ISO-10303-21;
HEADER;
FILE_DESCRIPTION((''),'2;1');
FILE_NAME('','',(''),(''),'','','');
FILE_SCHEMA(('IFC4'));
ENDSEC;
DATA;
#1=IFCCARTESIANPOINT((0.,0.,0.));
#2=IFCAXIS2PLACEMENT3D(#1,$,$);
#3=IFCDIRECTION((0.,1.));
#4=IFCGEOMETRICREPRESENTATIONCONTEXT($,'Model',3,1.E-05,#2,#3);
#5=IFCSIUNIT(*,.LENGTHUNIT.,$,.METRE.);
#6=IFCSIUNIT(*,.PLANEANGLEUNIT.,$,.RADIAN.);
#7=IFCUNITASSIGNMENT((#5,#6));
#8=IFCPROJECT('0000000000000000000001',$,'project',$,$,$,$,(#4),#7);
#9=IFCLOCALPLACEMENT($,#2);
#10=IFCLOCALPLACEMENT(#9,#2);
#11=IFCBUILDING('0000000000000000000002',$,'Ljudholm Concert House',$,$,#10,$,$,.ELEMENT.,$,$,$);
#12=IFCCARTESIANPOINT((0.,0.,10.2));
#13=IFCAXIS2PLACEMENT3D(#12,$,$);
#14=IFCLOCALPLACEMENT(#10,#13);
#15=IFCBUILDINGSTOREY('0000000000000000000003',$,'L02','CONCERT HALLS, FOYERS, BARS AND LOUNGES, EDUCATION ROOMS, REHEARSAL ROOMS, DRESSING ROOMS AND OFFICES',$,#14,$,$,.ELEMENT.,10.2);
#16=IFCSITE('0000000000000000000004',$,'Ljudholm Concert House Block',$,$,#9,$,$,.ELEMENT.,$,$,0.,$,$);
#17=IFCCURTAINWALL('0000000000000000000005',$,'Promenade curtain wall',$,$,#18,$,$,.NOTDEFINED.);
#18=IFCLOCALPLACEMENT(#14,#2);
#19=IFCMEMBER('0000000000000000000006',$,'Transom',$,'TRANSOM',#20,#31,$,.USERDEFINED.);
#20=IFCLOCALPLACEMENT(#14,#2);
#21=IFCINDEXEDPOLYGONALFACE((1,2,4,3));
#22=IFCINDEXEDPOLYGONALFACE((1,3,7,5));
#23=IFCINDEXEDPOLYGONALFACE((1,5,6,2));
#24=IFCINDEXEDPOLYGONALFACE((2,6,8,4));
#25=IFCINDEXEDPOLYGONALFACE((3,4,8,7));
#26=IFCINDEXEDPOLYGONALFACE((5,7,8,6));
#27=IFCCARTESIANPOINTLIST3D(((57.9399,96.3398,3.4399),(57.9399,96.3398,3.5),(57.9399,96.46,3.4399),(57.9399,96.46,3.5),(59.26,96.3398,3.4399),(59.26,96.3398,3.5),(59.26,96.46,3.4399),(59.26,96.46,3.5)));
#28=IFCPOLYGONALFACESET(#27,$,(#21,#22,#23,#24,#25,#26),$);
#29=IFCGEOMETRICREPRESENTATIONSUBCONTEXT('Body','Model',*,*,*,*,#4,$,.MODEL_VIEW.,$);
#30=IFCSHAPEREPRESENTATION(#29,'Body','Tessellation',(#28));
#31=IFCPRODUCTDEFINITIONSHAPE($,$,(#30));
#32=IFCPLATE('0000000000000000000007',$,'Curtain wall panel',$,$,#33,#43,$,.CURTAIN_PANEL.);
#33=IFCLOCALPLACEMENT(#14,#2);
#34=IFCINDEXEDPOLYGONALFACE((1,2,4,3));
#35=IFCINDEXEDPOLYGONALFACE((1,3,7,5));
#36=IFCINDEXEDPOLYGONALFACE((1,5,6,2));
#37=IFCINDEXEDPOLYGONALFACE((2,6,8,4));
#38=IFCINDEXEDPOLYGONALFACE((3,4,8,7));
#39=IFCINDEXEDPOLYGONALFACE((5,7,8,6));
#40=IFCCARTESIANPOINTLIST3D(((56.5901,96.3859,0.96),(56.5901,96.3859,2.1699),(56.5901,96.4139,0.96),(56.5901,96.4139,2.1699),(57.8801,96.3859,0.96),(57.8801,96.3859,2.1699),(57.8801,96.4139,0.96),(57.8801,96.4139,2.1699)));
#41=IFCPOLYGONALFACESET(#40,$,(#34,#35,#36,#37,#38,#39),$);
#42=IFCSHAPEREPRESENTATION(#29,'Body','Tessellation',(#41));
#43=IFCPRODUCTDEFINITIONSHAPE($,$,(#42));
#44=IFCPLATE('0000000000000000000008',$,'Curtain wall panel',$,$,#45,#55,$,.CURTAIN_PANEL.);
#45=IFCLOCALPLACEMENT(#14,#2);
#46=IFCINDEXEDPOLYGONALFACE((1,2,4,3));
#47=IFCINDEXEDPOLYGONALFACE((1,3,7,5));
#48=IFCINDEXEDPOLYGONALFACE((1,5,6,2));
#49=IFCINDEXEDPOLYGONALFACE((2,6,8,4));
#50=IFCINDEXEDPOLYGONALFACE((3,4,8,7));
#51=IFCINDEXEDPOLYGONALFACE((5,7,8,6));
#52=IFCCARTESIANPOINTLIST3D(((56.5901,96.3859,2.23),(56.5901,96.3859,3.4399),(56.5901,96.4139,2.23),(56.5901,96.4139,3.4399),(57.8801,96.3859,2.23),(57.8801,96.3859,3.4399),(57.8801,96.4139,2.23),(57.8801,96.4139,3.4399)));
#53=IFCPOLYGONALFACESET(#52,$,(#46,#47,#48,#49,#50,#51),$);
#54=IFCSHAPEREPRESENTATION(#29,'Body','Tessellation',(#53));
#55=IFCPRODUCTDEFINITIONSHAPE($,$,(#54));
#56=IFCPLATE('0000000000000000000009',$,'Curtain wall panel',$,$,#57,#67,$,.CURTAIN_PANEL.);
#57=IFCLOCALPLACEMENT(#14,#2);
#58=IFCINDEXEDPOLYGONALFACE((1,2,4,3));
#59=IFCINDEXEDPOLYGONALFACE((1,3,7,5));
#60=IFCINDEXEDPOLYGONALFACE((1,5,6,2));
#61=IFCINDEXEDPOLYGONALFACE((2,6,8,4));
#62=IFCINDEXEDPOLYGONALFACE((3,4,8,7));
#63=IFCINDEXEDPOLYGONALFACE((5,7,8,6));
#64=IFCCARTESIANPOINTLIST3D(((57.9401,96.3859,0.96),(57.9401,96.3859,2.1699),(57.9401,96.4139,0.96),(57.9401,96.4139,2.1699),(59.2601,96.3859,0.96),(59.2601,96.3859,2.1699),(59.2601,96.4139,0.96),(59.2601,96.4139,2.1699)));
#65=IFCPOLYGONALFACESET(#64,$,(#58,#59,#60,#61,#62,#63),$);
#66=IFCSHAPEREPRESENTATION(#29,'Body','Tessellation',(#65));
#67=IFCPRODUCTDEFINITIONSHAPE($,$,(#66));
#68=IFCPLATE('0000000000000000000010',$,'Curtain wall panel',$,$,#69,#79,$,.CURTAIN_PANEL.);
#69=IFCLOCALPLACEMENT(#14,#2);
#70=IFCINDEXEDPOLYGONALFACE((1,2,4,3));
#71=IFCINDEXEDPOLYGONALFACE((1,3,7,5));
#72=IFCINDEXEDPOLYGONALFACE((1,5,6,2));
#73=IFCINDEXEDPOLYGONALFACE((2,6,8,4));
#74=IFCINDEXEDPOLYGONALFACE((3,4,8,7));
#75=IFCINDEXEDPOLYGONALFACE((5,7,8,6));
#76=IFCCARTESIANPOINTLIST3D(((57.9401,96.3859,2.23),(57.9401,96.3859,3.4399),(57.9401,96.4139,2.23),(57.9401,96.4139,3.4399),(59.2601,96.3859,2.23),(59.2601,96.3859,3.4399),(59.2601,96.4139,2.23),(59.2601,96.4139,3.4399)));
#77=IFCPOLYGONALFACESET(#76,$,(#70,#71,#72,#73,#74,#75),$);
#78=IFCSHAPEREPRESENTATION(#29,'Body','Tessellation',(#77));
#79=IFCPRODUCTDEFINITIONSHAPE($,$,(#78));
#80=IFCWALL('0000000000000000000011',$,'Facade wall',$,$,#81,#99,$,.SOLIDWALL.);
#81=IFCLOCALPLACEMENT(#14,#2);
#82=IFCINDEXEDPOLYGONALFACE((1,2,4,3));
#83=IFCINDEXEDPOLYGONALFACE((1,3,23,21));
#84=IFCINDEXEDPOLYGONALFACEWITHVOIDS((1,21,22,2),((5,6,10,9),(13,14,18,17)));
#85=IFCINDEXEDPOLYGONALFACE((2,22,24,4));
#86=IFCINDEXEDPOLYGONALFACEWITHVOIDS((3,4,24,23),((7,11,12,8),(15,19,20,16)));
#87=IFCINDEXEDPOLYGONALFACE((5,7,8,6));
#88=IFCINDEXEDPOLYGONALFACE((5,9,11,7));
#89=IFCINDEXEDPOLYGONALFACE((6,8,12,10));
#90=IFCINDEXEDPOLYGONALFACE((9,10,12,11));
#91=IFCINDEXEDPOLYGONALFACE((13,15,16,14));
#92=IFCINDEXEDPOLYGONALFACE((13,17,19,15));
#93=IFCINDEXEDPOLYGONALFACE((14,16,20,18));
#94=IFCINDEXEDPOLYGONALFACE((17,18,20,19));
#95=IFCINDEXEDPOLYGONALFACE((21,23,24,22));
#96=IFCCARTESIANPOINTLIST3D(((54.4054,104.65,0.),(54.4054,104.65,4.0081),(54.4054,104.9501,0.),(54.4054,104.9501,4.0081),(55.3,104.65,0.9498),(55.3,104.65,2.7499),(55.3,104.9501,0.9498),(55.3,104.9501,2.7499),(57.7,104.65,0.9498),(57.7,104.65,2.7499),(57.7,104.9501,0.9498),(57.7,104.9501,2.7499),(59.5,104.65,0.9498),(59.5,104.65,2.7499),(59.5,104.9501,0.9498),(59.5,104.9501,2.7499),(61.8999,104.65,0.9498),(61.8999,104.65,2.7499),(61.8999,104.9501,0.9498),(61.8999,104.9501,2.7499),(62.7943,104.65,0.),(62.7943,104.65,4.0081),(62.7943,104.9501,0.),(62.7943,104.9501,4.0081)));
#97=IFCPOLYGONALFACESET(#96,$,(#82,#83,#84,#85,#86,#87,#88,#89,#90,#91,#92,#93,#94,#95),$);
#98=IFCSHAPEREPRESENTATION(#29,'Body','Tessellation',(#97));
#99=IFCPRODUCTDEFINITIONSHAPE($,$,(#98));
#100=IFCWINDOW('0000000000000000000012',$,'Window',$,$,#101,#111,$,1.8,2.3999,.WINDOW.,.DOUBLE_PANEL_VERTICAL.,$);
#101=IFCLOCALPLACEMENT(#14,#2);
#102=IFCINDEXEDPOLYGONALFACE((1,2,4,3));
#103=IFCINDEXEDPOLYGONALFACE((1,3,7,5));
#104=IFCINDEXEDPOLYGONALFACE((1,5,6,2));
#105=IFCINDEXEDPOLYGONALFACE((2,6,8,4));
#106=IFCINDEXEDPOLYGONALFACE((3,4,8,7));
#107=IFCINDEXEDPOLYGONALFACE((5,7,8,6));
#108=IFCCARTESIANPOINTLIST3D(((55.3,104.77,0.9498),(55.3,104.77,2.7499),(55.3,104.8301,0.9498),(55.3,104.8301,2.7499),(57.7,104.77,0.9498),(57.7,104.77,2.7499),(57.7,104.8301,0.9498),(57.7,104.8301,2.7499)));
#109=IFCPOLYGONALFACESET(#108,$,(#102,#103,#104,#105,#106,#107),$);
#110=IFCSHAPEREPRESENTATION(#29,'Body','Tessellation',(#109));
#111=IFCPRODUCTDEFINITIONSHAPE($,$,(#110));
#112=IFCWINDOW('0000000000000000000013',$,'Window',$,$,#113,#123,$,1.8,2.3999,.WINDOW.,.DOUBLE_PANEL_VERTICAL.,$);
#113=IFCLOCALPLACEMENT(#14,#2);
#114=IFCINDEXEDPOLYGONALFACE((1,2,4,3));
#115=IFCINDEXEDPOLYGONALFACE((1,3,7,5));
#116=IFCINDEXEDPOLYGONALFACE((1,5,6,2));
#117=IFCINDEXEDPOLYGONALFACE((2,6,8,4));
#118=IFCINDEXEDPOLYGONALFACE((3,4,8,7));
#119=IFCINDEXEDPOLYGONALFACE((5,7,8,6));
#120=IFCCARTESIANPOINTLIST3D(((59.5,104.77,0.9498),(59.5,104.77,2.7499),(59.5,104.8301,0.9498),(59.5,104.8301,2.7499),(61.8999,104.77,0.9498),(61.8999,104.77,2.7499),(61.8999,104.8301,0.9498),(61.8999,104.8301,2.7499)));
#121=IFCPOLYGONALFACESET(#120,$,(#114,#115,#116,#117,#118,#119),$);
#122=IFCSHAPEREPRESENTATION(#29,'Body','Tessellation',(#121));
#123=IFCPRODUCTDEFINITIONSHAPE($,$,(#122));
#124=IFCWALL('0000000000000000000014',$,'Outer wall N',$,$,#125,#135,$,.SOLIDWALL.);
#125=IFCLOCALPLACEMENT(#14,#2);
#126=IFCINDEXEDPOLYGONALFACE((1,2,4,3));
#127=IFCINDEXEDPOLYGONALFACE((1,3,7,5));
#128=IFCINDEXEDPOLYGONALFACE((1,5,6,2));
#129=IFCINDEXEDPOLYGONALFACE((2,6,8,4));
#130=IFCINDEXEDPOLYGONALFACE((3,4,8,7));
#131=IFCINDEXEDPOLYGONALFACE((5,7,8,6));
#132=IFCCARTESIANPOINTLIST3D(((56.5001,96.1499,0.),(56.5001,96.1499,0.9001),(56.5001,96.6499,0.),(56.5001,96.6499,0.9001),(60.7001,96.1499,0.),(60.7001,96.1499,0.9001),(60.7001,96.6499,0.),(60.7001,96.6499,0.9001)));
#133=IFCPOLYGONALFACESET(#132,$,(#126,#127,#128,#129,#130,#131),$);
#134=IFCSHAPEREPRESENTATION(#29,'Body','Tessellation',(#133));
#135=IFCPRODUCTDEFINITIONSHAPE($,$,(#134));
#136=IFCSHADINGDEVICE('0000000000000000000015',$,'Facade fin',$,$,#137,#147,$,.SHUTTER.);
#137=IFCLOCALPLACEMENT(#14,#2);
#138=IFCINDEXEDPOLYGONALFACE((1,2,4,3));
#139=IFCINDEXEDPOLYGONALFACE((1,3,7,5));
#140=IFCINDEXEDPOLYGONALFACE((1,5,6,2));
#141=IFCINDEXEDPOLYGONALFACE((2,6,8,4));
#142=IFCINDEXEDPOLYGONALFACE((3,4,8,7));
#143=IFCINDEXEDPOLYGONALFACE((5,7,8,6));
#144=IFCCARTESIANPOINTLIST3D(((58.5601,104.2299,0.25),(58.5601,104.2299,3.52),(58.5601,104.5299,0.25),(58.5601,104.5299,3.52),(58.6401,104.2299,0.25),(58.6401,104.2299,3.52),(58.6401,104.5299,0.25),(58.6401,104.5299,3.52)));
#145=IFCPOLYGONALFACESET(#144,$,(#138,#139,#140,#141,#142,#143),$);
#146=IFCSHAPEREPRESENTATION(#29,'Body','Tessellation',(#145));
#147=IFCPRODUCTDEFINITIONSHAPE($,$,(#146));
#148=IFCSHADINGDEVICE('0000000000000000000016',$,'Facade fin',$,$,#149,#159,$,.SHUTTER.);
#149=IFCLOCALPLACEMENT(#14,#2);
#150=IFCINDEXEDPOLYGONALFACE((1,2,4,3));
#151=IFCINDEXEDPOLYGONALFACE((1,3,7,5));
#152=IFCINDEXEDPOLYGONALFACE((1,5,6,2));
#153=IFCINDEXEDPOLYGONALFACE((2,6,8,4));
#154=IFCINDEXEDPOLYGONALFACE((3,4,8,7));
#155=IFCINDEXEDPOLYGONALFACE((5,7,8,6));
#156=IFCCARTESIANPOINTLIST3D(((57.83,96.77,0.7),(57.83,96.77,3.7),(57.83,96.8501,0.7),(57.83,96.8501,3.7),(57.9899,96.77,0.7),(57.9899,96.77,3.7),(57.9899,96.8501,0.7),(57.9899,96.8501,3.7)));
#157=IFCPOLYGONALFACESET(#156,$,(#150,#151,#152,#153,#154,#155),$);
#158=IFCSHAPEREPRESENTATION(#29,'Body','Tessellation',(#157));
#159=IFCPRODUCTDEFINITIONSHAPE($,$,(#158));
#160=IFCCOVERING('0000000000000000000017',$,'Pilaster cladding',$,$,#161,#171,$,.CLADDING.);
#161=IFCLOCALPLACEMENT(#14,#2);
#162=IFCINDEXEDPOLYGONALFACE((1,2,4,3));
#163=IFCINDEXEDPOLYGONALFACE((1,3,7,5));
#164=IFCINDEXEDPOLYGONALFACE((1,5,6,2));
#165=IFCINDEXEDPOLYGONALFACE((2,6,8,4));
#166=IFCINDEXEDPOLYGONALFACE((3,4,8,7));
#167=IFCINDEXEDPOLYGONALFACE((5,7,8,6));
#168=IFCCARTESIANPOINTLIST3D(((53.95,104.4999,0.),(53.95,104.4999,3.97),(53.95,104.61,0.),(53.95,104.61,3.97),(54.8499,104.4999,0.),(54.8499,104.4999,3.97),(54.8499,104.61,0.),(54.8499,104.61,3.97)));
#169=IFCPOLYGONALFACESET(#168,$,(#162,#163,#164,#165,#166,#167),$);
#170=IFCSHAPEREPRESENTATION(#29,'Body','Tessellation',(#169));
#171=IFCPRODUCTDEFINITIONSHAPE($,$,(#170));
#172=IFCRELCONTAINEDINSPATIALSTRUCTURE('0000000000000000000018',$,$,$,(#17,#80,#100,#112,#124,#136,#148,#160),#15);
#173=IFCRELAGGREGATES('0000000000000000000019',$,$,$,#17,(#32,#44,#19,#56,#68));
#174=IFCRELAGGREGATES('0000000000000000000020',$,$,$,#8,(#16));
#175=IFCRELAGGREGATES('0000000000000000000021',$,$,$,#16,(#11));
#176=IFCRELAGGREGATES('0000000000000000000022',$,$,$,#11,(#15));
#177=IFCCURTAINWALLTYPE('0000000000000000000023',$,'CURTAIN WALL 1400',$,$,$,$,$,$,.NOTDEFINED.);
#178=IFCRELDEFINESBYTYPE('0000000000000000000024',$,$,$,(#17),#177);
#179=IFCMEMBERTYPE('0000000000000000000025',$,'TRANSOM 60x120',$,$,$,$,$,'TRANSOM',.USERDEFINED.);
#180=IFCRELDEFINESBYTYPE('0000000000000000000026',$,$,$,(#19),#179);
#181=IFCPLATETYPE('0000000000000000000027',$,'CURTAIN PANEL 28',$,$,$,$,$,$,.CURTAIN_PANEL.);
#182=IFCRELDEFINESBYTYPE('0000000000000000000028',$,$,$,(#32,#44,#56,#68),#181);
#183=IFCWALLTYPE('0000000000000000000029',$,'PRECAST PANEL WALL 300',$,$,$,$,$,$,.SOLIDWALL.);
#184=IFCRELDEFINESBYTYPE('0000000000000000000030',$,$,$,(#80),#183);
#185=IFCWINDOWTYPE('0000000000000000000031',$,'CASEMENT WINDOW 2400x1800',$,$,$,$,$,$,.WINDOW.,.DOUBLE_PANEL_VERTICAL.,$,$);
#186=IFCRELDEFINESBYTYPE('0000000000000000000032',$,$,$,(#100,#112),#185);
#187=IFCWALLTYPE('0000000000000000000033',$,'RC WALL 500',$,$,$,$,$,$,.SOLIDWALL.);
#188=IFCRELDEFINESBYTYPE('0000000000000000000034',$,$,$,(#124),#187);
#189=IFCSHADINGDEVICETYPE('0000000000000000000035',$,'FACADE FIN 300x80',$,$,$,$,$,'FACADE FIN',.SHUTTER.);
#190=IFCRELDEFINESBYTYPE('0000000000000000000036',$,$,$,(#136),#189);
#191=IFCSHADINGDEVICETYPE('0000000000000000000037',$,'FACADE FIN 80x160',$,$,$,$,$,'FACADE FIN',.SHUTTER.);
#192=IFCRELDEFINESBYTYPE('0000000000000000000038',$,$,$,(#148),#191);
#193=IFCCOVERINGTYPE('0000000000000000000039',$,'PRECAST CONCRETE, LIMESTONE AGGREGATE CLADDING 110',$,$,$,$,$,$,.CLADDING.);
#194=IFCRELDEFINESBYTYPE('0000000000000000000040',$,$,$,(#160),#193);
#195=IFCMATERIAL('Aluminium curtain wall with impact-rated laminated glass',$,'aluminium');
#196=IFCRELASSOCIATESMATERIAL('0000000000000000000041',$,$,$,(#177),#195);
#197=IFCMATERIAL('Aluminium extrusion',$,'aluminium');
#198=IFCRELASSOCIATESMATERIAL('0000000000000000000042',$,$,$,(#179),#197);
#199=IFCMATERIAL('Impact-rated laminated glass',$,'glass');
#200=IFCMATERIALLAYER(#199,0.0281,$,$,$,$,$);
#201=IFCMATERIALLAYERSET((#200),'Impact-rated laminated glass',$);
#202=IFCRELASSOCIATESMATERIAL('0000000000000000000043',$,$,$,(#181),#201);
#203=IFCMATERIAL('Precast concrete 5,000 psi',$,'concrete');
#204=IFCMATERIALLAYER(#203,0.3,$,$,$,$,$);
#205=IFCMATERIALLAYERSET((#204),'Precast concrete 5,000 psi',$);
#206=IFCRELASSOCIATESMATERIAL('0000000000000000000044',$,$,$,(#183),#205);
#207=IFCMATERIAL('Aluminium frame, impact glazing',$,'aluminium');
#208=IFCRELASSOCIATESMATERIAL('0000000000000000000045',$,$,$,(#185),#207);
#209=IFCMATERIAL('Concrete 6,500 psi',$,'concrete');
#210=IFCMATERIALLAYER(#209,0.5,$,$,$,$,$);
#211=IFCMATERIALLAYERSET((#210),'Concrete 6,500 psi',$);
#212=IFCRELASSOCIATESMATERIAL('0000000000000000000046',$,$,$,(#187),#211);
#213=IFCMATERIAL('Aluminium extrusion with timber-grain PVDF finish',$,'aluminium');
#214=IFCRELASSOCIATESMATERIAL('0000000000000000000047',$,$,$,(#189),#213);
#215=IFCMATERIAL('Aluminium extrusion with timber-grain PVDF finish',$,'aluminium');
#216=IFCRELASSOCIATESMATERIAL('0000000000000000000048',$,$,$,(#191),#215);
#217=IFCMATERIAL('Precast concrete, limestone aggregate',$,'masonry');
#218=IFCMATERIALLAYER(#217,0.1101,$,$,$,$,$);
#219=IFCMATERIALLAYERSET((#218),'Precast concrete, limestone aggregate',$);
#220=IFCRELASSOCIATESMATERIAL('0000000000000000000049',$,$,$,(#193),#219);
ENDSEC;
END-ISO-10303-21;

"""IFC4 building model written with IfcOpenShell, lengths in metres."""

from ifc_helpers import new_model, si_unit, direction, frame, frame_2d, origin, origin_2d, place, context, subcontext, project, spatial, rectangle, extrude, material, layer, layer_set, material_profile, profile_set, type_object, element, fill, aggregate, save


model = new_model("IFC4")

# Units and contexts
model_context = context("Model", 3, precision=1e-05, world=origin(), true_north=direction((0.0, 1.0)))
body_context = subcontext(model_context, "Body", "Model", "MODEL_VIEW")
ifc_project = project(units=[si_unit("LENGTHUNIT", "METRE"), si_unit("PLANEANGLEUNIT", "RADIAN")], contexts=[model_context])

# Site, building, storey
site_placement = place(None, origin())
site = spatial("IfcSite", under=ifc_project, at=site_placement, Name="Ljudholm Concert House Block", CompositionType="ELEMENT", RefElevation=0.0)
building_placement = place(site_placement, origin())
building = spatial("IfcBuilding", under=site, at=building_placement, Name="Ljudholm Concert House", CompositionType="ELEMENT")
storey_placement = place(building_placement, frame((0.0, 0.0, 10.2)))
storey = spatial("IfcBuildingStorey", under=building, at=storey_placement, Name="L02", Description="CONCERT HALLS, FOYERS, BARS AND LOUNGES, EDUCATION ROOMS, REHEARSAL ROOMS, DRESSING ROOMS AND OFFICES", CompositionType="ELEMENT", Elevation=10.2)

# Curtain wall
ifc_material_1 = material(Name="Aluminium curtain wall with impact-rated laminated glass", Category="aluminium")
curtain_wall_type = type_object("IfcCurtainWallType", Name="CURTAIN WALL 1400", PredefinedType="NOTDEFINED", material=ifc_material_1)
curtain_wall_1_placement = place(storey_placement, origin())
curtain_wall_1 = element("IfcCurtainWall", 1, at=curtain_wall_1_placement, inside=storey, type_object=curtain_wall_type, Name="Promenade curtain wall", PredefinedType="NOTDEFINED")

# Member
ifc_material_2 = material(Name="Aluminium extrusion", Category="aluminium")
ifc_material_profile_1 = material_profile(ifc_material_2, rectangle(XDim=0.1201, YDim=0.0601, at=origin_2d()), Name="TRANSOM 60x120")
ifc_profile_set_1 = profile_set([ifc_material_profile_1], Name="Aluminium extrusion")
member_type_1 = type_object("IfcMemberType", Name="TRANSOM 60x120", ElementType="TRANSOM", PredefinedType="USERDEFINED", material=ifc_profile_set_1)
member_1_placement = place(storey_placement, frame((57.9399, 96.3999, 3.47), z_axis=(1.0, 0.0, 0.0), x_axis=(0.0, 1.0, 0.0)))
member_1 = element("IfcMember", 2, at=member_1_placement, type_object=member_type_1, Name="Transom", ObjectType="TRANSOM", PredefinedType="USERDEFINED", context=body_context, shape_type="SweptSolid", body=[
    extrude(rectangle(XDim=0.1201, YDim=0.0601, at=origin_2d()), origin(), (0.0, 0.0, 1.0), 1.3201),
])

# Plates
ifc_material_3 = material(Name="Impact-rated laminated glass", Category="glass")
ifc_layer_1 = layer(ifc_material_3, 0.0281)
ifc_layer_set_1 = layer_set([ifc_layer_1], Name="Impact-rated laminated glass")
plate_type = type_object("IfcPlateType", Name="CURTAIN PANEL 28", PredefinedType="CURTAIN_PANEL", material=ifc_layer_set_1)
plate_1_placement = place(storey_placement, frame((57.2351, 96.3999, 0.96), z_axis=(0.0, 0.0, 1.0), x_axis=(1.0, 0.0, 0.0)))
plate_1 = element("IfcPlate", 3, at=plate_1_placement, type_object=plate_type, Name="Curtain wall panel", PredefinedType="CURTAIN_PANEL", context=body_context, shape_type="SweptSolid", body=[
    extrude(rectangle(XDim=1.29, YDim=0.0281, at=origin_2d()), origin(), (0.0, 0.0, 1.0), 1.21),
])
plate_2_placement = place(storey_placement, frame((57.2351, 96.3999, 2.23), z_axis=(0.0, 0.0, 1.0), x_axis=(1.0, 0.0, 0.0)))
plate_2 = element("IfcPlate", 4, at=plate_2_placement, type_object=plate_type, Name="Curtain wall panel", PredefinedType="CURTAIN_PANEL", context=body_context, shape_type="SweptSolid", body=[
    extrude(rectangle(XDim=1.29, YDim=0.0281, at=origin_2d()), origin(), (0.0, 0.0, 1.0), 1.21),
])
plate_3_placement = place(storey_placement, frame((58.6001, 96.3999, 0.96), z_axis=(0.0, 0.0, 1.0), x_axis=(1.0, 0.0, 0.0)))
plate_3 = element("IfcPlate", 5, at=plate_3_placement, type_object=plate_type, Name="Curtain wall panel", PredefinedType="CURTAIN_PANEL", context=body_context, shape_type="SweptSolid", body=[
    extrude(rectangle(XDim=1.3201, YDim=0.0281, at=origin_2d()), origin(), (0.0, 0.0, 1.0), 1.21),
])
plate_4_placement = place(storey_placement, frame((58.6001, 96.3999, 2.23), z_axis=(0.0, 0.0, 1.0), x_axis=(1.0, 0.0, 0.0)))
plate_4 = element("IfcPlate", 6, at=plate_4_placement, type_object=plate_type, Name="Curtain wall panel", PredefinedType="CURTAIN_PANEL", context=body_context, shape_type="SweptSolid", body=[
    extrude(rectangle(XDim=1.3201, YDim=0.0281, at=origin_2d()), origin(), (0.0, 0.0, 1.0), 1.21),
])
aggregate(curtain_wall_1, [plate_1, plate_2, member_1, plate_3, plate_4])

# Wall, openings, windows
ifc_material_4 = material(Name="Precast concrete 5,000 psi", Category="concrete")
ifc_layer_2 = layer(ifc_material_4, 0.3)
ifc_layer_set_2 = layer_set([ifc_layer_2], Name="Precast concrete 5,000 psi")
wall_type_1 = type_object("IfcWallType", Name="PRECAST PANEL WALL 300", PredefinedType="SOLIDWALL", material=ifc_layer_set_2)
wall_1_placement = place(storey_placement, frame((54.4055, 104.8, 0.0), z_axis=(0.0, 0.0, 1.0), x_axis=(1.0, 0.0, 0.0)))
wall_1 = element("IfcWall", 7, at=wall_1_placement, inside=storey, type_object=wall_type_1, Name="Facade wall", PredefinedType="SOLIDWALL", context=body_context, shape_type="SweptSolid", body=[
    extrude(rectangle(XDim=8.3889, YDim=0.3, at=frame_2d((4.1943, 0.0))), origin(), (0.0, 0.0, 1.0), 4.0081),
])
opening_1_placement = place(wall_1_placement, frame((0.8945, 0.0, 0.95)))
opening_1 = element("IfcOpeningElement", 8, at=opening_1_placement, cuts=wall_1, PredefinedType="OPENING", context=body_context, shape_type="SweptSolid", body=[
    extrude(rectangle(XDim=2.3999, YDim=1.8, at=frame_2d((1.2, 0.8999))), frame((0.0, 0.1599, 0.0), z_axis=(0.0, -1.0, 0.0), x_axis=(1.0, 0.0, 0.0)), (0.0, 0.0, 1.0), 0.3201),
])
opening_2_placement = place(wall_1_placement, frame((5.0945, 0.0, 0.95)))
opening_2 = element("IfcOpeningElement", 9, at=opening_2_placement, cuts=wall_1, PredefinedType="OPENING", context=body_context, shape_type="SweptSolid", body=[
    extrude(rectangle(XDim=2.3999, YDim=1.8, at=frame_2d((1.2, 0.8999))), frame((0.0, 0.1599, 0.0), z_axis=(0.0, -1.0, 0.0), x_axis=(1.0, 0.0, 0.0)), (0.0, 0.0, 1.0), 0.3201),
])
ifc_material_5 = material(Name="Aluminium frame, impact glazing", Category="aluminium")
window_type = type_object("IfcWindowType", Name="CASEMENT WINDOW 2400x1800", PartitioningType="DOUBLE_PANEL_VERTICAL", PredefinedType="WINDOW", material=ifc_material_5)
window_1_placement = place(opening_1_placement, origin())
window_1 = element("IfcWindow", 10, at=window_1_placement, inside=storey, type_object=window_type, Name="Window", OverallHeight=1.8, OverallWidth=2.3999, PartitioningType="DOUBLE_PANEL_VERTICAL", PredefinedType="WINDOW", context=body_context, shape_type="SweptSolid", body=[
    extrude(rectangle(XDim=2.3999, YDim=1.8, at=frame_2d((1.2, 0.8999))), frame((0.0, 0.03, 0.0), z_axis=(0.0, -1.0, 0.0), x_axis=(1.0, 0.0, 0.0)), (0.0, 0.0, 1.0), 0.0601),
])
fill(opening_1, window_1)
window_2_placement = place(opening_2_placement, origin())
window_2 = element("IfcWindow", 11, at=window_2_placement, inside=storey, type_object=window_type, Name="Window", OverallHeight=1.8, OverallWidth=2.3999, PartitioningType="DOUBLE_PANEL_VERTICAL", PredefinedType="WINDOW", context=body_context, shape_type="SweptSolid", body=[
    extrude(rectangle(XDim=2.3999, YDim=1.8, at=frame_2d((1.2, 0.8999))), frame((0.0, 0.03, 0.0), z_axis=(0.0, -1.0, 0.0), x_axis=(1.0, 0.0, 0.0)), (0.0, 0.0, 1.0), 0.0601),
])
fill(opening_2, window_2)

# Wall
ifc_material_6 = material(Name="Concrete 6,500 psi", Category="concrete")
ifc_layer_3 = layer(ifc_material_6, 0.5)
ifc_layer_set_3 = layer_set([ifc_layer_3], Name="Concrete 6,500 psi")
wall_type_2 = type_object("IfcWallType", Name="RC WALL 500", PredefinedType="SOLIDWALL", material=ifc_layer_set_3)
wall_2_placement = place(storey_placement, frame((56.5, 96.3999, 0.0), z_axis=(0.0, 0.0, 1.0), x_axis=(1.0, 0.0, 0.0)))
element("IfcWall", 12, at=wall_2_placement, inside=storey, type_object=wall_type_2, Name="Outer wall N", PredefinedType="SOLIDWALL", context=body_context, shape_type="SweptSolid", body=[
    extrude(rectangle(XDim=4.2, YDim=0.5, at=frame_2d((2.1001, 0.0))), origin(), (0.0, 0.0, 1.0), 0.9001),
])

# Shading devices
ifc_material_7 = material(Name="Aluminium extrusion with timber-grain PVDF finish", Category="aluminium")
shading_device_type_1 = type_object("IfcShadingDeviceType", Name="FACADE FIN 300x80", ElementType="FACADE FIN", PredefinedType="SHUTTER", material=ifc_material_7)
shading_device_1_placement = place(storey_placement, frame((58.6001, 104.3799, 0.25), z_axis=(0.0, 0.0, 1.0), x_axis=(0.0, -1.0, 0.0)))
element("IfcShadingDevice", 13, at=shading_device_1_placement, inside=storey, type_object=shading_device_type_1, Name="Facade fin", PredefinedType="SHUTTER", context=body_context, shape_type="SweptSolid", body=[
    extrude(rectangle(XDim=0.3, YDim=0.0801, at=origin_2d()), origin(), (0.0, 0.0, 1.0), 3.27),
])
ifc_material_8 = material(Name="Aluminium extrusion with timber-grain PVDF finish", Category="aluminium")
shading_device_type_2 = type_object("IfcShadingDeviceType", Name="FACADE FIN 80x160", ElementType="FACADE FIN", PredefinedType="SHUTTER", material=ifc_material_8)
shading_device_2_placement = place(storey_placement, frame((57.9099, 96.8101, 0.7), z_axis=(0.0, 0.0, 1.0), x_axis=(0.0, 1.0, 0.0)))
element("IfcShadingDevice", 14, at=shading_device_2_placement, inside=storey, type_object=shading_device_type_2, Name="Facade fin", PredefinedType="SHUTTER", context=body_context, shape_type="SweptSolid", body=[
    extrude(rectangle(XDim=0.0801, YDim=0.1599, at=origin_2d()), origin(), (0.0, 0.0, 1.0), 3.0),
])

# Covering
ifc_material_9 = material(Name="Precast concrete, limestone aggregate", Category="masonry")
ifc_layer_4 = layer(ifc_material_9, 0.1101)
ifc_layer_set_4 = layer_set([ifc_layer_4], Name="Precast concrete, limestone aggregate")
covering_type = type_object("IfcCoveringType", Name="PRECAST CONCRETE, LIMESTONE AGGREGATE CLADDING 110", PredefinedType="CLADDING", material=ifc_layer_set_4)
covering_placement = place(storey_placement, frame((54.3999, 104.5549, 0.0), z_axis=(0.0, 0.0, 1.0), x_axis=(0.0, -1.0, 0.0)))
element("IfcCovering", 15, at=covering_placement, inside=storey, type_object=covering_type, Name="Pilaster cladding", PredefinedType="CLADDING", context=body_context, shape_type="SweptSolid", body=[
    extrude(rectangle(XDim=0.1101, YDim=0.8999, at=origin_2d()), origin(), (0.0, 0.0, 1.0), 3.97),
])

save(model, "model.ifc")
